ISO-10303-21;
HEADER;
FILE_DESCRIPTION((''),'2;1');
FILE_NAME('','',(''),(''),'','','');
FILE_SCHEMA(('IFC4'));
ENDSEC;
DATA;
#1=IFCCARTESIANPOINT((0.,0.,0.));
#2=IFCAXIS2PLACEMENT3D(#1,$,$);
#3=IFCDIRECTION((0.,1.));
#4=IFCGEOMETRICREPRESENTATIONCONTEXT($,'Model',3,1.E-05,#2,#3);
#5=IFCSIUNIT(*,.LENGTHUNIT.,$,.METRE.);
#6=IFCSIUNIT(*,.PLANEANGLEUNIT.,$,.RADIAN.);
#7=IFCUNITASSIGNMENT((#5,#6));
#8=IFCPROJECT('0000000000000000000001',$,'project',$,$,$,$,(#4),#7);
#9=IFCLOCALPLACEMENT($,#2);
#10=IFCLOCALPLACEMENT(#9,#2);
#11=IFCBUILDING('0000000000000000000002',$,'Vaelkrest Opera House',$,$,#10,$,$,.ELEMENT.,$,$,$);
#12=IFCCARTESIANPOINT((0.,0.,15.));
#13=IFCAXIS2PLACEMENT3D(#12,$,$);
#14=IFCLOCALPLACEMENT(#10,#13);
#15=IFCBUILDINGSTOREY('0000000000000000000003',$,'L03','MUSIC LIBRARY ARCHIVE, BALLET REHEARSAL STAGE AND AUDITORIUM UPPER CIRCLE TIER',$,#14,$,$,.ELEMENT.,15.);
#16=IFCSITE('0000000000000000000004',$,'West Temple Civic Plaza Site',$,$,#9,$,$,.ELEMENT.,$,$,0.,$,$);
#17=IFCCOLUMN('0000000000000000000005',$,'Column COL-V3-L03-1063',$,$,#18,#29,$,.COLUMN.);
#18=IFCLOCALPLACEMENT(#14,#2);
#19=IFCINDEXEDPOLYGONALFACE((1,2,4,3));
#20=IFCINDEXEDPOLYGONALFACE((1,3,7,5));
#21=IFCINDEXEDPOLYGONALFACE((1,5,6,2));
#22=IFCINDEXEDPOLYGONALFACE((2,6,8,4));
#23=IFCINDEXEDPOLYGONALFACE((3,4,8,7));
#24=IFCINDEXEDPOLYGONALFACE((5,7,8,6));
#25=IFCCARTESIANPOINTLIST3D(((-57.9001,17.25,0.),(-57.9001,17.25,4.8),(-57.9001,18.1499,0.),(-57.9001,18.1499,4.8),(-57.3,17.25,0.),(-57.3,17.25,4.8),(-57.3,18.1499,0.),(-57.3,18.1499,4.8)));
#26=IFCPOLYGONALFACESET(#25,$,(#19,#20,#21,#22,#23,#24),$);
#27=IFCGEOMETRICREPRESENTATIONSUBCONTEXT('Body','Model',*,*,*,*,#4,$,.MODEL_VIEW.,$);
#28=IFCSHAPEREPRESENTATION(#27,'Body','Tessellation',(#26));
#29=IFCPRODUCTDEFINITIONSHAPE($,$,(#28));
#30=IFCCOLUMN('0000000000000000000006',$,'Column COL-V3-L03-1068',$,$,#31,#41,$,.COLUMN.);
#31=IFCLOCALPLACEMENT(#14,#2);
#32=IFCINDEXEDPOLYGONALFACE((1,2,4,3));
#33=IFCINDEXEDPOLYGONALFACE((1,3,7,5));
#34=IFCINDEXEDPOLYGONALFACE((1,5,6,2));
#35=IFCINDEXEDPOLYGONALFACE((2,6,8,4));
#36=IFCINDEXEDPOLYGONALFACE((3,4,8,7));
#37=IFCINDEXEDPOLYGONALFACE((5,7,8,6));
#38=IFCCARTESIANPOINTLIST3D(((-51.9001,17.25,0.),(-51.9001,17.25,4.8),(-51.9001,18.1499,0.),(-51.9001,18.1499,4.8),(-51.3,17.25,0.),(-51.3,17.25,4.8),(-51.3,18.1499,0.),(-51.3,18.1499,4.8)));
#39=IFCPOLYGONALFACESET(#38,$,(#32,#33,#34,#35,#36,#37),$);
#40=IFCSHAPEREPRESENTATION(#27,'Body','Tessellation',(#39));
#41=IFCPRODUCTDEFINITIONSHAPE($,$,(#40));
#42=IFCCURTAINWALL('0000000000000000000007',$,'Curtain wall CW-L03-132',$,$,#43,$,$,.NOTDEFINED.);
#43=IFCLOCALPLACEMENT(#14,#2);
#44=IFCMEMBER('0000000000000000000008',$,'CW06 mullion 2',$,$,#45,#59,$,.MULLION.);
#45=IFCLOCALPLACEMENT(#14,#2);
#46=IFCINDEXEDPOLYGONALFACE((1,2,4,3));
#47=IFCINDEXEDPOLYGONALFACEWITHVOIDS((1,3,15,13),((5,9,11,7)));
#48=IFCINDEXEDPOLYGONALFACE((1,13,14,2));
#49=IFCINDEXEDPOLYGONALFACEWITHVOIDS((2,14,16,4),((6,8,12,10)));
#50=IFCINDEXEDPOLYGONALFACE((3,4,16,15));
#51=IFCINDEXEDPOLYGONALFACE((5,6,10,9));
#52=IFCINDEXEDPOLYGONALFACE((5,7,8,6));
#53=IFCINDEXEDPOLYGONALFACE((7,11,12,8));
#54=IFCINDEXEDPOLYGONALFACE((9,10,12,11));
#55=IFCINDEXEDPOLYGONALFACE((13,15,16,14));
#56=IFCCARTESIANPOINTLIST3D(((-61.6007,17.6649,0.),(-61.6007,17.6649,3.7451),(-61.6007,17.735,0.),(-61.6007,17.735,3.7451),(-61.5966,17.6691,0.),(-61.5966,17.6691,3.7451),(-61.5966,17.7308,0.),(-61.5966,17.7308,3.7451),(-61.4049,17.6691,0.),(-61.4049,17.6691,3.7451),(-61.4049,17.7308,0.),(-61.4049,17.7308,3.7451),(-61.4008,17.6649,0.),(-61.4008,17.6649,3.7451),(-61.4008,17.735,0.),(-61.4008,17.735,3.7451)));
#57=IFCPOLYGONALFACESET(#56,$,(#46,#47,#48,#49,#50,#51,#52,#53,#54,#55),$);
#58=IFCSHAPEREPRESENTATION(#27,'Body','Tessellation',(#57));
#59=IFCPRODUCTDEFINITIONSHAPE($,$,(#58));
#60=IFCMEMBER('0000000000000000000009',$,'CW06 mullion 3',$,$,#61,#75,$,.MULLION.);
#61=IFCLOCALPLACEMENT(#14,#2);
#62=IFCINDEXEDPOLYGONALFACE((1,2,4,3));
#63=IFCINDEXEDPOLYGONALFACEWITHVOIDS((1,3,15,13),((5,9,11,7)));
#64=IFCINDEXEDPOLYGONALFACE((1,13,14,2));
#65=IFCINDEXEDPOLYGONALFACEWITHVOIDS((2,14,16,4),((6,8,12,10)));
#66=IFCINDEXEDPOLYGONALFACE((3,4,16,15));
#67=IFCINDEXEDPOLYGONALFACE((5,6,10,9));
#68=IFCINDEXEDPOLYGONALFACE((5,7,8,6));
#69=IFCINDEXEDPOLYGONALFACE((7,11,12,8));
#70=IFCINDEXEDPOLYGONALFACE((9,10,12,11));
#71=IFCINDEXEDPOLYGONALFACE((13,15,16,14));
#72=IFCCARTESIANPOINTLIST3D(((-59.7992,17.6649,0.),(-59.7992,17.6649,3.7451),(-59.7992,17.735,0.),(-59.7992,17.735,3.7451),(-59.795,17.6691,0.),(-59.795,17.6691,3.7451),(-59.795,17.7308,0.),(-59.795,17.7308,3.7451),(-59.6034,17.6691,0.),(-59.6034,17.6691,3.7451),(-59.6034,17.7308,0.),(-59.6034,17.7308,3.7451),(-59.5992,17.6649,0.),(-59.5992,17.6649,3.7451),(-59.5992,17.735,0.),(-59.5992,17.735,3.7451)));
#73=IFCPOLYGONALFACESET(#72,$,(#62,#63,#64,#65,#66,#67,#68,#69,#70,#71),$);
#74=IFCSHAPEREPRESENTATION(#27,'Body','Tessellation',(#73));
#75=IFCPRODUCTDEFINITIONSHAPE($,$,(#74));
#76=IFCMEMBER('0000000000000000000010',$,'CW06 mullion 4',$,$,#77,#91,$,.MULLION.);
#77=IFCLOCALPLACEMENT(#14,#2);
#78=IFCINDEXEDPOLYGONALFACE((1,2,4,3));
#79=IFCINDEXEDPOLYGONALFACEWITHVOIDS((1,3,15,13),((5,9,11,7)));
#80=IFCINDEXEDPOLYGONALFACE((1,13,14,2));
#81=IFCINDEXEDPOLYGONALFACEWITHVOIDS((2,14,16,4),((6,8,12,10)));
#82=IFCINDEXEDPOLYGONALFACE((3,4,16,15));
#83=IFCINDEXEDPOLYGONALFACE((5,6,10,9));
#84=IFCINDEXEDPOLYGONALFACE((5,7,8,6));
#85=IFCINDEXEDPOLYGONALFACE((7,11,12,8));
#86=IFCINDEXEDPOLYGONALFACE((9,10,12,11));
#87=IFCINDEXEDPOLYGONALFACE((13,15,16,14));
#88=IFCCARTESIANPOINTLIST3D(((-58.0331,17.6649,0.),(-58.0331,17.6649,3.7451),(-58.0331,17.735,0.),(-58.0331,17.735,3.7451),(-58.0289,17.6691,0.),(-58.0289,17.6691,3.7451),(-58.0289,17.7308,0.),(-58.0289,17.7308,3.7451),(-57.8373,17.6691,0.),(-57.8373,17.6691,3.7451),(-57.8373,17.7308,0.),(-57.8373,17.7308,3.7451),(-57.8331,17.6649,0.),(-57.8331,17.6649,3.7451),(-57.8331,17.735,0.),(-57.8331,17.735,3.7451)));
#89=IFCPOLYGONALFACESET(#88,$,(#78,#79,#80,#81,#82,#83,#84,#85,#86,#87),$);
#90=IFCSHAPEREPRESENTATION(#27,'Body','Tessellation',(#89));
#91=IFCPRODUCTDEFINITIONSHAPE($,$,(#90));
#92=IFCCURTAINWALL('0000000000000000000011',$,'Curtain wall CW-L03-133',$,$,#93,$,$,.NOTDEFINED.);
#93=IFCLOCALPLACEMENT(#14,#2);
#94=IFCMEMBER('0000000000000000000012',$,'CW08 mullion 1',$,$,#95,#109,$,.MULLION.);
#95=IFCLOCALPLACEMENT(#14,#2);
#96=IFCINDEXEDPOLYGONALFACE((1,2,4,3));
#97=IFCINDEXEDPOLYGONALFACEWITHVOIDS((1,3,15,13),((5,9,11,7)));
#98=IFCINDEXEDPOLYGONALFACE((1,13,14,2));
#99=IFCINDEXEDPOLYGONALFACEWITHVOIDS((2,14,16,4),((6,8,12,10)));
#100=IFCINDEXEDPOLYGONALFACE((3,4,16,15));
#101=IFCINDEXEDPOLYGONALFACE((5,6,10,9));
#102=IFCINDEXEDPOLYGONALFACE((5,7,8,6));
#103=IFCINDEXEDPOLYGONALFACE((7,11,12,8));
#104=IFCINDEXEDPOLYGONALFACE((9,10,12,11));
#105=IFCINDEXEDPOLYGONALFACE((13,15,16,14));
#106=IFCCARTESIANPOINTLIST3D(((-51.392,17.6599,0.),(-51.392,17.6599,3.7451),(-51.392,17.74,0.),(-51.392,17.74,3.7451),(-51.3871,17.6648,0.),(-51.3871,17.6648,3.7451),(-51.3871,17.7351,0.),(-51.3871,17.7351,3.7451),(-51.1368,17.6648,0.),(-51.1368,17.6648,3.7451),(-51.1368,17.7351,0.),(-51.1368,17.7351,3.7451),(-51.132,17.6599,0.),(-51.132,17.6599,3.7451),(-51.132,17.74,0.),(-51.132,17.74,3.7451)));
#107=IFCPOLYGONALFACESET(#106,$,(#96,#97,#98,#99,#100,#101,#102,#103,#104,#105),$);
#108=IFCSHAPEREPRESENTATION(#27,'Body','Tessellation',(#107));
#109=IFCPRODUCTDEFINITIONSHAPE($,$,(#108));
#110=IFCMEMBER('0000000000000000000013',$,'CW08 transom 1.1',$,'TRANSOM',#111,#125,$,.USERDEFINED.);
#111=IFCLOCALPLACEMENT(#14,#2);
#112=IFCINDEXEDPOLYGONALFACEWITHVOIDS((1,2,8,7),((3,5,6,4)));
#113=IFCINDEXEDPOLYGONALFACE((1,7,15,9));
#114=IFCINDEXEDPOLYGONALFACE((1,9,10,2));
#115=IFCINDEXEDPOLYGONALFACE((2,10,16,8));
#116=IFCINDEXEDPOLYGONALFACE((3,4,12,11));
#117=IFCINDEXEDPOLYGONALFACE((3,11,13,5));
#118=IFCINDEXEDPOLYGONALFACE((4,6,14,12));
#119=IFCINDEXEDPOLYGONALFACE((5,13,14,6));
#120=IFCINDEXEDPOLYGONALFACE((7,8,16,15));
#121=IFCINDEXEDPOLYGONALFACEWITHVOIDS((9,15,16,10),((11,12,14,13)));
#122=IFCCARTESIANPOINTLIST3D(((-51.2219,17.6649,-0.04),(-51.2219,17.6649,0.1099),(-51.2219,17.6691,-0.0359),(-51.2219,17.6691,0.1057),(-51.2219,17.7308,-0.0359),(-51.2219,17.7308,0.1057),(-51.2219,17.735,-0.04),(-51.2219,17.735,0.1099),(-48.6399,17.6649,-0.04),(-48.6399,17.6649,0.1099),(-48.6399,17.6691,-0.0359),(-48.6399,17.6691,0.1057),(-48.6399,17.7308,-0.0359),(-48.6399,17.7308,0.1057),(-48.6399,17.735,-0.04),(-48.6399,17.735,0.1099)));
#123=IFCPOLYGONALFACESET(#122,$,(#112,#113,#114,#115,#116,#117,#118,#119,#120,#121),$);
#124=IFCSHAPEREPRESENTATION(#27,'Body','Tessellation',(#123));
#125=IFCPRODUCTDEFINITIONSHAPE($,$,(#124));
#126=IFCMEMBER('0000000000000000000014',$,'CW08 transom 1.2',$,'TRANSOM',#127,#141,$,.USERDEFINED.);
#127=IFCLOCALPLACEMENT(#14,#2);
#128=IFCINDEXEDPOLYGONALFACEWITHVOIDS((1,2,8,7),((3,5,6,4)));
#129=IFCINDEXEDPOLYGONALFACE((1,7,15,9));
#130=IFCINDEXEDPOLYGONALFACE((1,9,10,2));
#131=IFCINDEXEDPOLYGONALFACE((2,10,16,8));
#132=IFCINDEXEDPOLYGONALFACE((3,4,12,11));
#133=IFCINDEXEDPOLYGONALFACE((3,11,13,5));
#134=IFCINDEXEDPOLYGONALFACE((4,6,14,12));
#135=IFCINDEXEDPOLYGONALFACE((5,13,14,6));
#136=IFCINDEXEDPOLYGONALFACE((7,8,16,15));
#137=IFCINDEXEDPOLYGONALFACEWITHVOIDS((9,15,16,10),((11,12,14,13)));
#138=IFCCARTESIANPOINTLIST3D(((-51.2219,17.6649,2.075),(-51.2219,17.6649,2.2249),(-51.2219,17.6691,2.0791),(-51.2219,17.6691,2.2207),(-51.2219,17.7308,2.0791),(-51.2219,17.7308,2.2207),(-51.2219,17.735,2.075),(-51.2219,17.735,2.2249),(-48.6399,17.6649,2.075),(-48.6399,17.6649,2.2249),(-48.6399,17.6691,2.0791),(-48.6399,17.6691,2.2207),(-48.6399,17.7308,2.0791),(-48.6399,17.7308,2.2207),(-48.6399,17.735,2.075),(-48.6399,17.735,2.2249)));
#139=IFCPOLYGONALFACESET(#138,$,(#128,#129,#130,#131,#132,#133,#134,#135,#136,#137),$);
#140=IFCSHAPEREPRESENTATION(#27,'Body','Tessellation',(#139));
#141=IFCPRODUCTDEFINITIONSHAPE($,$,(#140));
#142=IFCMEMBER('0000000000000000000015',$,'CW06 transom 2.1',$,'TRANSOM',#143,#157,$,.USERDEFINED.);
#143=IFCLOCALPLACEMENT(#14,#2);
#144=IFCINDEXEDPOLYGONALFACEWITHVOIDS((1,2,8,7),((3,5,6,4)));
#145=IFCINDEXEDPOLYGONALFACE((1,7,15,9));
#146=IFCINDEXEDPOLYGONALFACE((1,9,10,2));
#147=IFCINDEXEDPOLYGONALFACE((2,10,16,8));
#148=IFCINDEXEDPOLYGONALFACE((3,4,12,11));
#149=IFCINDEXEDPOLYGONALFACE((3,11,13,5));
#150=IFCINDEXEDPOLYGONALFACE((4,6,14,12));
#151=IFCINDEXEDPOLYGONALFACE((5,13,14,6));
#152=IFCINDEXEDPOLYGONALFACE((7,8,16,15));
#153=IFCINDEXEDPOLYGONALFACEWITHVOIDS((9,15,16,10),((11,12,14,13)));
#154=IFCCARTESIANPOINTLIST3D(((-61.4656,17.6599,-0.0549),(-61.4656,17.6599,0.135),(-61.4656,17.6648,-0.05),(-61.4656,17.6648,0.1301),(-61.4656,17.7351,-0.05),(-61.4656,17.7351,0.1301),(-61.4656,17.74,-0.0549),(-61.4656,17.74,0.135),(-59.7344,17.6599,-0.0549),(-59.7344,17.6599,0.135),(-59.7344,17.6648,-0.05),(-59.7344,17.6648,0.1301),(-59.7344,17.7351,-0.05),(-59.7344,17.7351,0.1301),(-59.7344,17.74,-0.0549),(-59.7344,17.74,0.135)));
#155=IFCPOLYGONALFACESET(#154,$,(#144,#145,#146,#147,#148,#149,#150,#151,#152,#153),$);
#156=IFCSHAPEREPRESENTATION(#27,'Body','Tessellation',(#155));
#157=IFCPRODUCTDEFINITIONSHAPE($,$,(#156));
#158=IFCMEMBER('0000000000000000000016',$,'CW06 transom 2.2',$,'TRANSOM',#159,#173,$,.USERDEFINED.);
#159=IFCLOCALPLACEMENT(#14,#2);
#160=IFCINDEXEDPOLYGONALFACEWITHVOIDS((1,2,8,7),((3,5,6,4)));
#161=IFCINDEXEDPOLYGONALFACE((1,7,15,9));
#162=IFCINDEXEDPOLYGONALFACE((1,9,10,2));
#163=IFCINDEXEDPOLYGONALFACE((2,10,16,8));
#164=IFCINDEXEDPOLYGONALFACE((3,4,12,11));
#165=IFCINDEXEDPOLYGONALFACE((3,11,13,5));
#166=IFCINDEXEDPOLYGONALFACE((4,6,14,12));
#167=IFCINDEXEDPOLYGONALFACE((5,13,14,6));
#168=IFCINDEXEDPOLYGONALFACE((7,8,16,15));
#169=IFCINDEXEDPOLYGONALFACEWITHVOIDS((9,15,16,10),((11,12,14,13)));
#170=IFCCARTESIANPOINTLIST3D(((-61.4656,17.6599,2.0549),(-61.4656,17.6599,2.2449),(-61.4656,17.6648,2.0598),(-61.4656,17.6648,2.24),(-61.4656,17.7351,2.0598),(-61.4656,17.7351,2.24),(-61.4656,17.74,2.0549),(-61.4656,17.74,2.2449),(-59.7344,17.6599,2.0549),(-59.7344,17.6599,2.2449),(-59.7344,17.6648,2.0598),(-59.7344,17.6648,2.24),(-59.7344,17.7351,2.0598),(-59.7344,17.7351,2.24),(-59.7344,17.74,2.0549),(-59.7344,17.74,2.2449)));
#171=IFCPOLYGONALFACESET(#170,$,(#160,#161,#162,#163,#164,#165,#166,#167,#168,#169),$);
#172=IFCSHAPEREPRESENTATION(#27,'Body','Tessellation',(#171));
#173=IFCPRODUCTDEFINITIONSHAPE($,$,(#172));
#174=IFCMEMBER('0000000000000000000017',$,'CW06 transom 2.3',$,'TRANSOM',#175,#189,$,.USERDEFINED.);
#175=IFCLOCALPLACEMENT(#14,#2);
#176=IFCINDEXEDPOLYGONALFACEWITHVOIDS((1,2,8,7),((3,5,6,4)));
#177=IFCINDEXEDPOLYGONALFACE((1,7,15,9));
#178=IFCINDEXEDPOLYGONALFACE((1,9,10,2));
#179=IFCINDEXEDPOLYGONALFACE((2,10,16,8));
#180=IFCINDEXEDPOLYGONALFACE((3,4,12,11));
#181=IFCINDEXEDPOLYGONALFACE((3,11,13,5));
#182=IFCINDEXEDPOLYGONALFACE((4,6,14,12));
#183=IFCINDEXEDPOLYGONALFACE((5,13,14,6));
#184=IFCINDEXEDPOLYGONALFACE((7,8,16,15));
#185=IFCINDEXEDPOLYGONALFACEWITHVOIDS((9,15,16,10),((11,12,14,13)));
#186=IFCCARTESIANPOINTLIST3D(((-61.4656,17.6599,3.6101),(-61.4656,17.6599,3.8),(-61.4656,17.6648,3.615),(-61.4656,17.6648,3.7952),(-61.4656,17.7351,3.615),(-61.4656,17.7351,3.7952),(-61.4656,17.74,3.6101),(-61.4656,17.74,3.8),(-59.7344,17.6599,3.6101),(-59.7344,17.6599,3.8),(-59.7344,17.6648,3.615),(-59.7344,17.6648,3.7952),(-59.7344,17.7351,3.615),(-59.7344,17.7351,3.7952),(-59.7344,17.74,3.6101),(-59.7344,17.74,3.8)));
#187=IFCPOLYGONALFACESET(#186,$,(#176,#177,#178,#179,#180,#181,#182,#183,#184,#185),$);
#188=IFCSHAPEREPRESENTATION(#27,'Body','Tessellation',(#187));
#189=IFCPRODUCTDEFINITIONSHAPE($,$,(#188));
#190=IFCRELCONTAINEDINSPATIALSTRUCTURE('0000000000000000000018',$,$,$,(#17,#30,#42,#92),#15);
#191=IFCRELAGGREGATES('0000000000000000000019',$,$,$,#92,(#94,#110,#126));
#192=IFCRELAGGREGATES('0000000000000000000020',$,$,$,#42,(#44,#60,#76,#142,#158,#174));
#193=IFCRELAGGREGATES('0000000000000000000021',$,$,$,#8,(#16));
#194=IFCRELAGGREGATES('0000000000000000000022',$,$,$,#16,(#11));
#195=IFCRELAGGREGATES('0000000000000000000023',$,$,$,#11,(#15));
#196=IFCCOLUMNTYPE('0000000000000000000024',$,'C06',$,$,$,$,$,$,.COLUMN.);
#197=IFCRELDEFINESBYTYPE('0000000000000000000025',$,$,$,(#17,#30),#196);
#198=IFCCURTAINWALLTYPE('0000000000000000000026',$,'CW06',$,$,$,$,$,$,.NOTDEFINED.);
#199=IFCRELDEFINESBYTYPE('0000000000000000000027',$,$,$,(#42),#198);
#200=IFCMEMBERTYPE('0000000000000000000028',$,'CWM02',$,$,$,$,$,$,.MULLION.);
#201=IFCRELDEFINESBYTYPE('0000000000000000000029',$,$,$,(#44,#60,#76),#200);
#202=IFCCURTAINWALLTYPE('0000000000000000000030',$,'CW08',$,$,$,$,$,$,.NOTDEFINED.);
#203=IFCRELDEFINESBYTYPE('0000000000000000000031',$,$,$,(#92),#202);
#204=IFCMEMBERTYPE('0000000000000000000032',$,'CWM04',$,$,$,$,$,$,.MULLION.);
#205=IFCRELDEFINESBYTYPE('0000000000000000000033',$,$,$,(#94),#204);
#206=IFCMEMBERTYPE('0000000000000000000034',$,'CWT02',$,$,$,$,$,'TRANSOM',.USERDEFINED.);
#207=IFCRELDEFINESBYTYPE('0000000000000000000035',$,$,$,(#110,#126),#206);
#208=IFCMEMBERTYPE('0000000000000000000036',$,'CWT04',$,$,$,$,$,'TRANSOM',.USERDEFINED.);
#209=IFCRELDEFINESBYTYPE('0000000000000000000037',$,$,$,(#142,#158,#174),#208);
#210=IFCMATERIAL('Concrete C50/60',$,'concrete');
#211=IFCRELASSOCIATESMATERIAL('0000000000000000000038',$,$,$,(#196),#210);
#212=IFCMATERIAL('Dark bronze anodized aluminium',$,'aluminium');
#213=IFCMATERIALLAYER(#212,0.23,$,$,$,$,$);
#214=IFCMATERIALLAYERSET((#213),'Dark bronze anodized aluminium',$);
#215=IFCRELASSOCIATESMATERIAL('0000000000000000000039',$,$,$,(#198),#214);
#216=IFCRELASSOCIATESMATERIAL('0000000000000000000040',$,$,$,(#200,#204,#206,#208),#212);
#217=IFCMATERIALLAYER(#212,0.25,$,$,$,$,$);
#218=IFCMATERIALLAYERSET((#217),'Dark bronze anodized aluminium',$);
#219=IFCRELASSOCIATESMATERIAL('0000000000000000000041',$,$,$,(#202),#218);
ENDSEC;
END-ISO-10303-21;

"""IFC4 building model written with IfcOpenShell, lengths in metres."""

from ifc_helpers import new_model, si_unit, direction, frame, origin, origin_2d, place, context, subcontext, project, spatial, rectangle, hollow_rectangle, extrude, material, layer, layer_set, material_profile, profile_set, type_object, element, aggregate, save


model = new_model("IFC4")

# Units and contexts
model_context = context("Model", 3, precision=1e-05, world=origin(), true_north=direction((0.0, 1.0)))
body_context = subcontext(model_context, "Body", "Model", "MODEL_VIEW")
ifc_project = project(units=[si_unit("LENGTHUNIT", "METRE"), si_unit("PLANEANGLEUNIT", "RADIAN")], contexts=[model_context])

# Site, building, storey
site_placement = place(None, origin())
site = spatial("IfcSite", under=ifc_project, at=site_placement, Name="West Temple Civic Plaza Site", CompositionType="ELEMENT", RefElevation=0.0)
building_placement = place(site_placement, origin())
building = spatial("IfcBuilding", under=site, at=building_placement, Name="Vaelkrest Opera House", CompositionType="ELEMENT")
storey_placement = place(building_placement, frame((0.0, 0.0, 15.0)))
storey = spatial("IfcBuildingStorey", under=building, at=storey_placement, Name="L03", Description="MUSIC LIBRARY ARCHIVE, BALLET REHEARSAL STAGE AND AUDITORIUM UPPER CIRCLE TIER", CompositionType="ELEMENT", Elevation=15.0)

# Columns
ifc_material_1 = material(Name="Concrete C50/60", Category="concrete")
ifc_material_profile_1 = material_profile(ifc_material_1, rectangle(XDim=0.6001, YDim=0.8999, at=origin_2d()), Name="RC600X900")
ifc_profile_set_1 = profile_set([ifc_material_profile_1], Name="Concrete C50/60")
column_type = type_object("IfcColumnType", Name="C06", PredefinedType="COLUMN", material=ifc_profile_set_1)
for number, where, z_axis, x_axis, name in (
    (1, (-57.6001, 17.7, 0.0), (0.0, 0.0, 1.0), (1.0, 0.0, 0.0), "Column COL-V3-L03-1063"),
    (2, (-51.6001, 17.7, 0.0), (0.0, 0.0, 1.0), (1.0, 0.0, 0.0), "Column COL-V3-L03-1068"),
):
    element("IfcColumn", number, at=place(storey_placement, frame(where, z_axis=z_axis, x_axis=x_axis)), inside=storey, type_object=column_type, Name=name, PredefinedType="COLUMN", context=body_context, shape_type="SweptSolid", body=[
        extrude(rectangle(XDim=0.6001, YDim=0.8999, at=origin_2d()), origin(), (0.0, 0.0, 1.0), 4.8),
    ])

# Curtain walls, members
ifc_material_2 = material(Name="Dark bronze anodized aluminium", Category="aluminium")
ifc_layer_1 = layer(ifc_material_2, 0.23)
ifc_layer_set_1 = layer_set([ifc_layer_1], Name="Dark bronze anodized aluminium")
curtain_wall_type_1 = type_object("IfcCurtainWallType", Name="CW06", PredefinedType="NOTDEFINED", material=ifc_layer_set_1)
curtain_wall_1_placement = place(storey_placement, origin())
curtain_wall_1 = element("IfcCurtainWall", 3, at=curtain_wall_1_placement, inside=storey, type_object=curtain_wall_type_1, Name="Curtain wall CW-L03-132", PredefinedType="NOTDEFINED")
ifc_material_profile_2 = material_profile(ifc_material_2, hollow_rectangle(XDim=0.0701, YDim=0.2, WallThickness=0.0042, at=origin_2d()), Name="CWM70X200")
ifc_profile_set_2 = profile_set([ifc_material_profile_2], Name="Dark bronze anodized aluminium")
member_type_1 = type_object("IfcMemberType", Name="CWM02", PredefinedType="MULLION", material=ifc_profile_set_2)
member_1_placement = place(storey_placement, frame((-61.5007, 17.7, 0.0), z_axis=(0.0, 0.0, 1.0), x_axis=(0.0, 1.0, 0.0)))
member_1 = element("IfcMember", 4, at=member_1_placement, type_object=member_type_1, Name="CW06 mullion 2", PredefinedType="MULLION", context=body_context, shape_type="SweptSolid", body=[
    extrude(hollow_rectangle(XDim=0.0701, YDim=0.2, WallThickness=0.0042, at=origin_2d()), origin(), (0.0, 0.0, 1.0), 3.7451),
])
member_2_placement = place(storey_placement, frame((-59.6992, 17.7, 0.0), z_axis=(0.0, 0.0, 1.0), x_axis=(0.0, 1.0, 0.0)))
member_2 = element("IfcMember", 5, at=member_2_placement, type_object=member_type_1, Name="CW06 mullion 3", PredefinedType="MULLION", context=body_context, shape_type="SweptSolid", body=[
    extrude(hollow_rectangle(XDim=0.0701, YDim=0.2, WallThickness=0.0042, at=origin_2d()), origin(), (0.0, 0.0, 1.0), 3.7451),
])
member_3_placement = place(storey_placement, frame((-57.9331, 17.7, 0.0), z_axis=(0.0, 0.0, 1.0), x_axis=(0.0, 1.0, 0.0)))
member_3 = element("IfcMember", 6, at=member_3_placement, type_object=member_type_1, Name="CW06 mullion 4", PredefinedType="MULLION", context=body_context, shape_type="SweptSolid", body=[
    extrude(hollow_rectangle(XDim=0.0701, YDim=0.2, WallThickness=0.0042, at=origin_2d()), origin(), (0.0, 0.0, 1.0), 3.7451),
])
ifc_layer_2 = layer(ifc_material_2, 0.25)
ifc_layer_set_2 = layer_set([ifc_layer_2], Name="Dark bronze anodized aluminium")
curtain_wall_type_2 = type_object("IfcCurtainWallType", Name="CW08", PredefinedType="NOTDEFINED", material=ifc_layer_set_2)
curtain_wall_2_placement = place(storey_placement, origin())
curtain_wall_2 = element("IfcCurtainWall", 7, at=curtain_wall_2_placement, inside=storey, type_object=curtain_wall_type_2, Name="Curtain wall CW-L03-133", PredefinedType="NOTDEFINED")
ifc_material_profile_3 = material_profile(ifc_material_2, hollow_rectangle(XDim=0.0801, YDim=0.26, WallThickness=0.0049, at=origin_2d()), Name="CWM80X260")
ifc_profile_set_3 = profile_set([ifc_material_profile_3], Name="Dark bronze anodized aluminium")
member_type_2 = type_object("IfcMemberType", Name="CWM04", PredefinedType="MULLION", material=ifc_profile_set_3)
member_4_placement = place(storey_placement, frame((-51.262, 17.7, 0.0), z_axis=(0.0, 0.0, 1.0), x_axis=(0.0, 1.0, 0.0)))
member_4 = element("IfcMember", 8, at=member_4_placement, type_object=member_type_2, Name="CW08 mullion 1", PredefinedType="MULLION", context=body_context, shape_type="SweptSolid", body=[
    extrude(hollow_rectangle(XDim=0.0801, YDim=0.26, WallThickness=0.0049, at=origin_2d()), origin(), (0.0, 0.0, 1.0), 3.7451),
])
ifc_material_profile_4 = material_profile(ifc_material_2, hollow_rectangle(XDim=0.0701, YDim=0.1499, WallThickness=0.0042, at=origin_2d()), Name="CWT70X150")
ifc_profile_set_4 = profile_set([ifc_material_profile_4], Name="Dark bronze anodized aluminium")
member_type_3 = type_object("IfcMemberType", Name="CWT02", ElementType="TRANSOM", PredefinedType="USERDEFINED", material=ifc_profile_set_4)
member_5_placement = place(storey_placement, frame((-51.2219, 17.7, 0.0349), z_axis=(1.0, 0.0, 0.0), x_axis=(0.0, 1.0, 0.0)))
member_5 = element("IfcMember", 9, at=member_5_placement, type_object=member_type_3, Name="CW08 transom 1.1", ObjectType="TRANSOM", PredefinedType="USERDEFINED", context=body_context, shape_type="SweptSolid", body=[
    extrude(hollow_rectangle(XDim=0.0701, YDim=0.1499, WallThickness=0.0042, at=origin_2d()), origin(), (0.0, 0.0, 1.0), 2.582),
])
member_6_placement = place(storey_placement, frame((-51.2219, 17.7, 2.1499), z_axis=(1.0, 0.0, 0.0), x_axis=(0.0, 1.0, 0.0)))
member_6 = element("IfcMember", 10, at=member_6_placement, type_object=member_type_3, Name="CW08 transom 1.2", ObjectType="TRANSOM", PredefinedType="USERDEFINED", context=body_context, shape_type="SweptSolid", body=[
    extrude(hollow_rectangle(XDim=0.0701, YDim=0.1499, WallThickness=0.0042, at=origin_2d()), origin(), (0.0, 0.0, 1.0), 2.582),
])
aggregate(curtain_wall_2, [member_4, member_5, member_6])

# Members
ifc_material_profile_5 = material_profile(ifc_material_2, hollow_rectangle(XDim=0.0801, YDim=0.1899, WallThickness=0.0049, at=origin_2d()), Name="CWT80X190")
ifc_profile_set_5 = profile_set([ifc_material_profile_5], Name="Dark bronze anodized aluminium")
member_type_4 = type_object("IfcMemberType", Name="CWT04", ElementType="TRANSOM", PredefinedType="USERDEFINED", material=ifc_profile_set_5)
member_7_placement = place(storey_placement, frame((-61.4656, 17.7, 0.04), z_axis=(1.0, 0.0, 0.0), x_axis=(0.0, 1.0, 0.0)))
member_7 = element("IfcMember", 11, at=member_7_placement, type_object=member_type_4, Name="CW06 transom 2.1", ObjectType="TRANSOM", PredefinedType="USERDEFINED", context=body_context, shape_type="SweptSolid", body=[
    extrude(hollow_rectangle(XDim=0.0801, YDim=0.1899, WallThickness=0.0049, at=origin_2d()), origin(), (0.0, 0.0, 1.0), 1.7312),
])
member_8_placement = place(storey_placement, frame((-61.4656, 17.7, 2.1499), z_axis=(1.0, 0.0, 0.0), x_axis=(0.0, 1.0, 0.0)))
member_8 = element("IfcMember", 12, at=member_8_placement, type_object=member_type_4, Name="CW06 transom 2.2", ObjectType="TRANSOM", PredefinedType="USERDEFINED", context=body_context, shape_type="SweptSolid", body=[
    extrude(hollow_rectangle(XDim=0.0801, YDim=0.1899, WallThickness=0.0049, at=origin_2d()), origin(), (0.0, 0.0, 1.0), 1.7312),
])
member_9_placement = place(storey_placement, frame((-61.4656, 17.7, 3.7051), z_axis=(1.0, 0.0, 0.0), x_axis=(0.0, 1.0, 0.0)))
member_9 = element("IfcMember", 13, at=member_9_placement, type_object=member_type_4, Name="CW06 transom 2.3", ObjectType="TRANSOM", PredefinedType="USERDEFINED", context=body_context, shape_type="SweptSolid", body=[
    extrude(hollow_rectangle(XDim=0.0801, YDim=0.1899, WallThickness=0.0049, at=origin_2d()), origin(), (0.0, 0.0, 1.0), 1.7312),
])

aggregate(curtain_wall_1, [member_1, member_2, member_3, member_7, member_8, member_9])

save(model, "model.ifc")
